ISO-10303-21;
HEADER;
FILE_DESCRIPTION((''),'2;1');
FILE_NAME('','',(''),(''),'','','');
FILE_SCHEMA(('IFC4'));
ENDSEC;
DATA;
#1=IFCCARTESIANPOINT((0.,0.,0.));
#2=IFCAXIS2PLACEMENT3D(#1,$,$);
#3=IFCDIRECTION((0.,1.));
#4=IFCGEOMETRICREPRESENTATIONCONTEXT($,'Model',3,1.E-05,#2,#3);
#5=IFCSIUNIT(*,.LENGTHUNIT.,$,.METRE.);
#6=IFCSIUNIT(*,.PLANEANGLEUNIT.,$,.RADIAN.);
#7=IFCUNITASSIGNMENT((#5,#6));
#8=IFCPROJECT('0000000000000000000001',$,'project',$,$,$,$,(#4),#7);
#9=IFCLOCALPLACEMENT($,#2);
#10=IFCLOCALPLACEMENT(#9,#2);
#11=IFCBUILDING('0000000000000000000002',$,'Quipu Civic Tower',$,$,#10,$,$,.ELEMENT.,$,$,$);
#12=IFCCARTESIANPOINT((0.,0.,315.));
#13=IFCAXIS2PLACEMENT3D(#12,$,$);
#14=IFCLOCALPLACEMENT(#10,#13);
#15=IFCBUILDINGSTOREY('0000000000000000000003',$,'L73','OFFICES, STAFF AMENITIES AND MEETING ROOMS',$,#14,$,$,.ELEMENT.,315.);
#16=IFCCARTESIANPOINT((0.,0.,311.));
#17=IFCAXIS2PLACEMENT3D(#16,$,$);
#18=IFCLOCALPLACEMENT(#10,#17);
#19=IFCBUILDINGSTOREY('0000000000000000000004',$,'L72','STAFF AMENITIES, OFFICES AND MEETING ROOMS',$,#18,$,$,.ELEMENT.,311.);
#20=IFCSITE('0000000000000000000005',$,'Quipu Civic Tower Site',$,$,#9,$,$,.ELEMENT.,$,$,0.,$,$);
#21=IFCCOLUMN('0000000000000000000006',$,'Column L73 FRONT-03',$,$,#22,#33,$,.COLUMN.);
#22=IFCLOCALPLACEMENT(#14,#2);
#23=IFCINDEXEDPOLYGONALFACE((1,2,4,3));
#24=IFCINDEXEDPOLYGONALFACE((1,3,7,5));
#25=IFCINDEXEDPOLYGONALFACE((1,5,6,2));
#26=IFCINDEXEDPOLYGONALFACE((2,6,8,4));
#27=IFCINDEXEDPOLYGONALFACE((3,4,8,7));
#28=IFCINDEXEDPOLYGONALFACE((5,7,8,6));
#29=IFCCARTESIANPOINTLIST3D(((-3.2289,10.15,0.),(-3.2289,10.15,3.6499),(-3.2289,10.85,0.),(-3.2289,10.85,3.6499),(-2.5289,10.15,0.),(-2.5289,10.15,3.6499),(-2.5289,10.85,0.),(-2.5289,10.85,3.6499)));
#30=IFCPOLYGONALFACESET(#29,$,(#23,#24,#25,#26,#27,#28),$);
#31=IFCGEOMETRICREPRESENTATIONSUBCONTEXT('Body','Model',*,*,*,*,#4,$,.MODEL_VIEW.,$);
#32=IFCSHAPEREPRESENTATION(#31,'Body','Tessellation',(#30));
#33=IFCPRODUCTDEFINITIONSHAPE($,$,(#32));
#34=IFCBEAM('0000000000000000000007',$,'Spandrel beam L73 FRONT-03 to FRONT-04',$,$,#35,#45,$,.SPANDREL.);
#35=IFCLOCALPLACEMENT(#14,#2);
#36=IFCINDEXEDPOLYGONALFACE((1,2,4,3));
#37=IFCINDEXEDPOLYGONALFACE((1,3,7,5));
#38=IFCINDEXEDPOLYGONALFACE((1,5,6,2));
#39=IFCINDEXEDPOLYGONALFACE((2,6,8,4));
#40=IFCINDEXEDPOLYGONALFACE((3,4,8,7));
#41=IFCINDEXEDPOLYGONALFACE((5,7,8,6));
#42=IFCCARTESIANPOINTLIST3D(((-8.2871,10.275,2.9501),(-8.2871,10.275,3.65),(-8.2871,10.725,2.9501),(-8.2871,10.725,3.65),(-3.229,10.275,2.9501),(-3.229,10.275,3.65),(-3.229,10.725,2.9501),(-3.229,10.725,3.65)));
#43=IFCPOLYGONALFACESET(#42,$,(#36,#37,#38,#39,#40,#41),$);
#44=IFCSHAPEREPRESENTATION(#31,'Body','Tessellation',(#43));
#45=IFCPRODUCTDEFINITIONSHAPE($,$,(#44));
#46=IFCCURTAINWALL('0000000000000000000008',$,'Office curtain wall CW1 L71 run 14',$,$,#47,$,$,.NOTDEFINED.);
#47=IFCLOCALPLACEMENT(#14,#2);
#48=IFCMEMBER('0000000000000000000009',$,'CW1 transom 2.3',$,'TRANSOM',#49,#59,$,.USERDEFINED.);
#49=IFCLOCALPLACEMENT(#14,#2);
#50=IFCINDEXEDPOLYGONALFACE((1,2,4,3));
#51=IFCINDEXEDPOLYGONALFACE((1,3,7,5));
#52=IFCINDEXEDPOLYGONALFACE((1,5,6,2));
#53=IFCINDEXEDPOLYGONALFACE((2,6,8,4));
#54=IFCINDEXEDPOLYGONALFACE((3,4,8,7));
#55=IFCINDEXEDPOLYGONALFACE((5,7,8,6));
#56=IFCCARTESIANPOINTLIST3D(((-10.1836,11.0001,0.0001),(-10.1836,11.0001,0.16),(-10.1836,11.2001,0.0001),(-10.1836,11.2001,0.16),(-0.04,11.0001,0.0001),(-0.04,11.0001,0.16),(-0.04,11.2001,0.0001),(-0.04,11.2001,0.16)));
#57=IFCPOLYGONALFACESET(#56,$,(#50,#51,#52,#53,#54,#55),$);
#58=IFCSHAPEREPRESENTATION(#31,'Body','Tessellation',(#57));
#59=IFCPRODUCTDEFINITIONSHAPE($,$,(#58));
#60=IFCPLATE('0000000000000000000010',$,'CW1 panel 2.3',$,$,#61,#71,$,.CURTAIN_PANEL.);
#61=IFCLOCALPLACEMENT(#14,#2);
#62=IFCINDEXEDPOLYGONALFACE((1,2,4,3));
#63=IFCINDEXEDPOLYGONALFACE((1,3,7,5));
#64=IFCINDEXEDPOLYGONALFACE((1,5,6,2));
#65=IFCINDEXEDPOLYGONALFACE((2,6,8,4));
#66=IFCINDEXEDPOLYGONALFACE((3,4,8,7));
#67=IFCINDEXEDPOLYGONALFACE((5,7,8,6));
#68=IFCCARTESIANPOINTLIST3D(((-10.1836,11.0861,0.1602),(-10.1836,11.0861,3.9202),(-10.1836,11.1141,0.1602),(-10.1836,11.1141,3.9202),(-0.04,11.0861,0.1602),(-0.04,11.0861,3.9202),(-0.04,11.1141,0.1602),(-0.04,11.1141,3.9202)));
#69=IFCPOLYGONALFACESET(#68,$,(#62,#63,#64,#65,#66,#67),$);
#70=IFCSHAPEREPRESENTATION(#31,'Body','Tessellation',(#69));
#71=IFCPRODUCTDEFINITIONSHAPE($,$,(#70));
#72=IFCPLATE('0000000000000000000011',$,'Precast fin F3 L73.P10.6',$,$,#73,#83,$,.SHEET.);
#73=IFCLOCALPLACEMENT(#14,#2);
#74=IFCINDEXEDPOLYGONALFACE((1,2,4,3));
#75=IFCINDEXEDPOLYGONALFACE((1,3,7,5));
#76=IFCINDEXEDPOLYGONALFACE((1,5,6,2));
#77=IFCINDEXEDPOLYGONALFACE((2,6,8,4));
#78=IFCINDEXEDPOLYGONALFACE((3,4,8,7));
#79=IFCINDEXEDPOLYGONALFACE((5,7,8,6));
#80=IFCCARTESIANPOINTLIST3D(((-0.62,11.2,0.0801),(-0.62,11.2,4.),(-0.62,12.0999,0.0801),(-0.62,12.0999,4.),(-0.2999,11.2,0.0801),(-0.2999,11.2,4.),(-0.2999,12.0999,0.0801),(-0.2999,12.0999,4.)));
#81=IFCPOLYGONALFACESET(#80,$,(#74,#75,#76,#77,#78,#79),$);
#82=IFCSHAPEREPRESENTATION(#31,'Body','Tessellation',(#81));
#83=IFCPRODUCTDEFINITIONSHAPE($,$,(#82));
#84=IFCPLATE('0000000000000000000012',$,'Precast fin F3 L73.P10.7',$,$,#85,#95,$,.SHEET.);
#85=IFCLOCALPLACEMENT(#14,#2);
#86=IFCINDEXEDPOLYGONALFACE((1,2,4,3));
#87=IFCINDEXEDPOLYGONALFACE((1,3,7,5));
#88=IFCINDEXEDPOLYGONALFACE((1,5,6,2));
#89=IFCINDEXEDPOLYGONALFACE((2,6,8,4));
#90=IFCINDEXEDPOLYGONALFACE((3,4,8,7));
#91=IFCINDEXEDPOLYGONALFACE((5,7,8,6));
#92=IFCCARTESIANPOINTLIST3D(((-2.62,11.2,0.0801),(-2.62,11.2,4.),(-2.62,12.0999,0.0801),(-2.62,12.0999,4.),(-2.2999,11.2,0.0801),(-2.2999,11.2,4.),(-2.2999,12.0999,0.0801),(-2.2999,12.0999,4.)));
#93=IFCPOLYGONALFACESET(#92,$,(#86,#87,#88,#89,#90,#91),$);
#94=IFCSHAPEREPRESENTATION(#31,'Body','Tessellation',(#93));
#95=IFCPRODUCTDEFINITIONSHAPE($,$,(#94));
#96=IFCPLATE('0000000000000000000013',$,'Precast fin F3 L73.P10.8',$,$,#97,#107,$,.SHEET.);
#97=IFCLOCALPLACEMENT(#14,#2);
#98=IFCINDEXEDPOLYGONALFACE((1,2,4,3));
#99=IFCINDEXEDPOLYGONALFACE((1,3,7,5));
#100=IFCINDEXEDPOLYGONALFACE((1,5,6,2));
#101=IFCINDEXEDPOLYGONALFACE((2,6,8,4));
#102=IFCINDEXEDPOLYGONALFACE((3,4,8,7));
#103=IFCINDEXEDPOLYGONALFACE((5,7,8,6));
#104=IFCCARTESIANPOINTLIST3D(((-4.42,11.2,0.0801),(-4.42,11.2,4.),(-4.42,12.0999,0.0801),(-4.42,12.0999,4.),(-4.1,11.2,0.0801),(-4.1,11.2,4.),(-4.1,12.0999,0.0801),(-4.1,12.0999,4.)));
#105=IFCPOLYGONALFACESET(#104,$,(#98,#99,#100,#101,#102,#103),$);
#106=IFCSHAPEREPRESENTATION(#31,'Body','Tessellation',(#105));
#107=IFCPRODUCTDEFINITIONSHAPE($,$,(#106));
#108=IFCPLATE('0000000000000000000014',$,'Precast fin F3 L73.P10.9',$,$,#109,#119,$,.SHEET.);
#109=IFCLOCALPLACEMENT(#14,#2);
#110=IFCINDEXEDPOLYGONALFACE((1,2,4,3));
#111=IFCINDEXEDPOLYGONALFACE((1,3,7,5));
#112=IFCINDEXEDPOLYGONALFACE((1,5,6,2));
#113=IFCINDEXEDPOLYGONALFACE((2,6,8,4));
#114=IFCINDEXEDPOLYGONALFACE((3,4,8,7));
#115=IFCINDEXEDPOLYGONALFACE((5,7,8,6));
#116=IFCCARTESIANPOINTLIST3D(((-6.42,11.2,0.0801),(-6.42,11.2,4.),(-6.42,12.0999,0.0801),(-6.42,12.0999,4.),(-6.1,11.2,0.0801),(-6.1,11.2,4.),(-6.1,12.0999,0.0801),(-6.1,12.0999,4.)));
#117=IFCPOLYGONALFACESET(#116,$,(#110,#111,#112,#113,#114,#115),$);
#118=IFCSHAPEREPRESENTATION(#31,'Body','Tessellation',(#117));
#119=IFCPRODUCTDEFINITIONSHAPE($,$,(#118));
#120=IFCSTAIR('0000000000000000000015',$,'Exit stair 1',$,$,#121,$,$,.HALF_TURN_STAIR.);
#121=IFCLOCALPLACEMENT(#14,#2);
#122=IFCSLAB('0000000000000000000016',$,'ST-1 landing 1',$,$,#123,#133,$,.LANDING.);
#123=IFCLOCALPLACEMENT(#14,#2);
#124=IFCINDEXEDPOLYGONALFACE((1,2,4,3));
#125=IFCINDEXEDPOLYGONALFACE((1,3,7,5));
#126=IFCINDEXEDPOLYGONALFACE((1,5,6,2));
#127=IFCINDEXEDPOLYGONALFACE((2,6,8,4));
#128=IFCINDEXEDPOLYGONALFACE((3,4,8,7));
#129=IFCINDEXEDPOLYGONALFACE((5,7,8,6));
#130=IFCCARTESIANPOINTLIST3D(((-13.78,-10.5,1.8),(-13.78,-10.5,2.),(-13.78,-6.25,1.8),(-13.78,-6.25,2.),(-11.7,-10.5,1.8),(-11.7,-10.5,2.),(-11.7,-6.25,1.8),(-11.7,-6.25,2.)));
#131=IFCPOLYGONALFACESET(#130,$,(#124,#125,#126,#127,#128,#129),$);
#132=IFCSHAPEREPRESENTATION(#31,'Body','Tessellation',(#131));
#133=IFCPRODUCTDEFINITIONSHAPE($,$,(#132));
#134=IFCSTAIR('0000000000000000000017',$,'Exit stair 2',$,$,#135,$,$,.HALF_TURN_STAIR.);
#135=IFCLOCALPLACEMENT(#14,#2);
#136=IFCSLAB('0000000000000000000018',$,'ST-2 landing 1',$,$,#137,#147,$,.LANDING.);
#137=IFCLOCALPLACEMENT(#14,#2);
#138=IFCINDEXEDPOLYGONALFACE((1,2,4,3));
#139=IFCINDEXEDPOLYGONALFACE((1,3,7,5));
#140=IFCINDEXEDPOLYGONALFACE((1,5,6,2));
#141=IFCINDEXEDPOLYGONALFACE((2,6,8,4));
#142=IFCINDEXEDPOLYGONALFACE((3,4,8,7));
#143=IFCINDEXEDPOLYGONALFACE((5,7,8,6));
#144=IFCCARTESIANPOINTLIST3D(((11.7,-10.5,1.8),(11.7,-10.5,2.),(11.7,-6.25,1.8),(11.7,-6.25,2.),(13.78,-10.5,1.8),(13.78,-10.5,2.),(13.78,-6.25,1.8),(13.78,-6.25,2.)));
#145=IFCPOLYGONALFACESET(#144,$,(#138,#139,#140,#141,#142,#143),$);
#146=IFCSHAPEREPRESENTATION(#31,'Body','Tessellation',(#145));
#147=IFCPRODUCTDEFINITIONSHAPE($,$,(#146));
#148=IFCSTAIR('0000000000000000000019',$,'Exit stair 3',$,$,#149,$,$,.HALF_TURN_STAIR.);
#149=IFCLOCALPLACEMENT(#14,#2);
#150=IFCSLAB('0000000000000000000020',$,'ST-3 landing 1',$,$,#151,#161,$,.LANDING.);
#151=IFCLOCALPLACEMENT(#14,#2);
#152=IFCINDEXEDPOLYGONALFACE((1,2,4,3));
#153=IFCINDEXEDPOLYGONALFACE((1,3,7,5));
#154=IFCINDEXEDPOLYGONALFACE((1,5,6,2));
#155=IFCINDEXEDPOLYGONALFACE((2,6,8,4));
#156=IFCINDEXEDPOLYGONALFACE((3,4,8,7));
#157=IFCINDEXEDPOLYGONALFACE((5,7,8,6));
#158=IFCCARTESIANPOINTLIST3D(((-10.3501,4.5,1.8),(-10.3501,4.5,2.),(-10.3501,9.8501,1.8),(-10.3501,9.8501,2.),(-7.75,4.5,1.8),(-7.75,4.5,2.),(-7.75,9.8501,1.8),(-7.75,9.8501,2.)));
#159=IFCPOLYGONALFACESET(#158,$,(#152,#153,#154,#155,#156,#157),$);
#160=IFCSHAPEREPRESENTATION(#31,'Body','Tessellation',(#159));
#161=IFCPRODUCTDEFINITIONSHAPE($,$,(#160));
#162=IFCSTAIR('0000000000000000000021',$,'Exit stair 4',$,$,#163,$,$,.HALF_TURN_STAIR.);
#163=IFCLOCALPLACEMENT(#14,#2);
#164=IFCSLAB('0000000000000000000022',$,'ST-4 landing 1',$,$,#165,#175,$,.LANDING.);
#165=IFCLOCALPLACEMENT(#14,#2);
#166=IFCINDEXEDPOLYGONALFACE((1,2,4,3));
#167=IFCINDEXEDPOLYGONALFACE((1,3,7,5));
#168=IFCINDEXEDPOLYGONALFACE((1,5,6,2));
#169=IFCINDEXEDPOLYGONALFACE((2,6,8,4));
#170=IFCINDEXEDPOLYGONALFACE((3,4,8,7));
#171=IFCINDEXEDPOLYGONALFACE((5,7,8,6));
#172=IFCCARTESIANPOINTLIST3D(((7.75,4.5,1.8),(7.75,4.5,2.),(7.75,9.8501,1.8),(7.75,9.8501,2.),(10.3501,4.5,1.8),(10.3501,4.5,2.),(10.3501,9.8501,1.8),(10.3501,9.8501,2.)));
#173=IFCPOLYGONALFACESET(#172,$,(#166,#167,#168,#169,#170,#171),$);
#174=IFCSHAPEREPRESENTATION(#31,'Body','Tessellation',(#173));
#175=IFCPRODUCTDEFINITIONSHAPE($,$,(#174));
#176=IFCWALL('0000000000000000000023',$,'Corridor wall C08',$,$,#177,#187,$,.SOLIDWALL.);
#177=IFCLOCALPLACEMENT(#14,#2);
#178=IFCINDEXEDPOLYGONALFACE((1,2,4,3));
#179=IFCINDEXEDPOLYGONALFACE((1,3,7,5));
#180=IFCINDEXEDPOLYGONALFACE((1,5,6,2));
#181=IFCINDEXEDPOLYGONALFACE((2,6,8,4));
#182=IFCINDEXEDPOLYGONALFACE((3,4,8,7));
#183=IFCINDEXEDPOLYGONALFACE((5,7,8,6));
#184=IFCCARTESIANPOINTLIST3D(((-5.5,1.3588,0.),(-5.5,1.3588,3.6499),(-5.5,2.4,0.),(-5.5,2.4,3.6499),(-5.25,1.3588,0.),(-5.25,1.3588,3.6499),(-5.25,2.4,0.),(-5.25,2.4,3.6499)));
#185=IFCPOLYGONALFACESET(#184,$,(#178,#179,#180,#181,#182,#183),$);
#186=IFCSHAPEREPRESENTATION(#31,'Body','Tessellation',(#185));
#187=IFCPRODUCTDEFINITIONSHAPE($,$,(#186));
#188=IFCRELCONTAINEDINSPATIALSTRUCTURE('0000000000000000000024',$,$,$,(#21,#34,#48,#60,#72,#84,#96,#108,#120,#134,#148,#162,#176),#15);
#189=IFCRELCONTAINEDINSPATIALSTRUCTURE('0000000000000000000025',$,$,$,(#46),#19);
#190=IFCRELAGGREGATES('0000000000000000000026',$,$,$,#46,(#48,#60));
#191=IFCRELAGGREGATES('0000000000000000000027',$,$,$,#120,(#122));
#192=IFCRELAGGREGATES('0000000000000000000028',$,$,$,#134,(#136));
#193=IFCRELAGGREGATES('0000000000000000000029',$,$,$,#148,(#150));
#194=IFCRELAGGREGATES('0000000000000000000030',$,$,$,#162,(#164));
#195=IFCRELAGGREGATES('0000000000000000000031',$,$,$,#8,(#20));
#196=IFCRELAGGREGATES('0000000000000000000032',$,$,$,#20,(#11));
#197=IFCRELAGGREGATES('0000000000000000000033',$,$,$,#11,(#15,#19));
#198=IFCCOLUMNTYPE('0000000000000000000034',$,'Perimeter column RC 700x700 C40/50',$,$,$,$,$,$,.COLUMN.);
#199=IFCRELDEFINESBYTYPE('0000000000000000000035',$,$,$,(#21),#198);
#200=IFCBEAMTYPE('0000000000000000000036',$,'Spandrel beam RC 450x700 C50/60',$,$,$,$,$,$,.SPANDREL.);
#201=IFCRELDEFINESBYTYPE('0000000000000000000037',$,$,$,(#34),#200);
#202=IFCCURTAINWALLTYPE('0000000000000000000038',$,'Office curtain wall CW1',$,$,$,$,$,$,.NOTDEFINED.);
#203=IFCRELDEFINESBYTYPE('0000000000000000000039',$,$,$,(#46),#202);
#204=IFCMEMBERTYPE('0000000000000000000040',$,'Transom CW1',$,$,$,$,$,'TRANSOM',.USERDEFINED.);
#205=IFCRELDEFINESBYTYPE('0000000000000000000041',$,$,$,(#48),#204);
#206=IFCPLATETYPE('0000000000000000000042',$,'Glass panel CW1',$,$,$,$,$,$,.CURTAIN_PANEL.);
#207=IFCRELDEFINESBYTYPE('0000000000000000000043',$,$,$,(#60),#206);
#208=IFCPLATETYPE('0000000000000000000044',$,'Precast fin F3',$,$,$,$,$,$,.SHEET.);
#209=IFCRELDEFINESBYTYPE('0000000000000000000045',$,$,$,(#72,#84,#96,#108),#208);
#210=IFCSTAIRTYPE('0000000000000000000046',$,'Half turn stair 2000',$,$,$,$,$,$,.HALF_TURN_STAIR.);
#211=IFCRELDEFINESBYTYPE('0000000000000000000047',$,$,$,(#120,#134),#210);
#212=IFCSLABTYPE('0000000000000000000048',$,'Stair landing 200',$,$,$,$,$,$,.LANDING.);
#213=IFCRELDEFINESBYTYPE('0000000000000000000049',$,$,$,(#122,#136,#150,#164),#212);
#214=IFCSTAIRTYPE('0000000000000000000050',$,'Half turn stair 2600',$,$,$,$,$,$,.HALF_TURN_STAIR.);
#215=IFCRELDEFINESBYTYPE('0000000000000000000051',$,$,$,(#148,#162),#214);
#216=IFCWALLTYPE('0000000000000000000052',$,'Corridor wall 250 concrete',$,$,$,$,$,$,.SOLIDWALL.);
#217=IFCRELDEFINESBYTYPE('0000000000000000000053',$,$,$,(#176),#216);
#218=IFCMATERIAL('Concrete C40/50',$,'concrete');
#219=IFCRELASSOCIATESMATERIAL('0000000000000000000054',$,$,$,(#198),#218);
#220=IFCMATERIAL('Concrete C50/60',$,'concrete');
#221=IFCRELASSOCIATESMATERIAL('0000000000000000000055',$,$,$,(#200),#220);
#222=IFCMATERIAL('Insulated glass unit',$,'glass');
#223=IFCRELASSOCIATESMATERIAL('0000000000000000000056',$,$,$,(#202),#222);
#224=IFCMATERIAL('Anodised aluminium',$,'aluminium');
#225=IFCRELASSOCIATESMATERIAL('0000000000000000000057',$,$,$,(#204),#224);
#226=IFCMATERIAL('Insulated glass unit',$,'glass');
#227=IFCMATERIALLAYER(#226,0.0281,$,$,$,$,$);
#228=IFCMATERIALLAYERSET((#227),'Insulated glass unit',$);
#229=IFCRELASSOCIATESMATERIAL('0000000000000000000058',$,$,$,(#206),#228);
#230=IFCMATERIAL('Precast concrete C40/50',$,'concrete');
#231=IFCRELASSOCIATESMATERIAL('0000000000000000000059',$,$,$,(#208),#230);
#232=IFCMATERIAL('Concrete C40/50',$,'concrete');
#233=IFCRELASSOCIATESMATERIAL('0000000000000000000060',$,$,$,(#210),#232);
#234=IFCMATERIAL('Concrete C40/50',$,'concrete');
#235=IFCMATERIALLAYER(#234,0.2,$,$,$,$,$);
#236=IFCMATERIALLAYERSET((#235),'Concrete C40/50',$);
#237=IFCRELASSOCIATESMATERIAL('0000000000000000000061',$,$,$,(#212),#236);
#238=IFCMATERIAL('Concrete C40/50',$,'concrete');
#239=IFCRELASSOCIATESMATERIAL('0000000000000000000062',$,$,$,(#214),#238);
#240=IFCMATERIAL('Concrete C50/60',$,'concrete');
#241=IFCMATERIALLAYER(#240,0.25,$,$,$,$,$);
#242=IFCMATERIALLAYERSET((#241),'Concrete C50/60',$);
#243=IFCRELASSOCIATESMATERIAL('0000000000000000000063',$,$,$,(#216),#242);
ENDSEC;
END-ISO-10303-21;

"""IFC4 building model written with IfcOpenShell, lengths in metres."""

from ifc_helpers import new_model, si_unit, direction, frame, frame_2d, origin, origin_2d, place, context, subcontext, project, spatial, polyline, rectangle, outline, extrude, material, layer, layer_set, material_profile, profile_set, type_object, element, aggregate, save


model = new_model("IFC4")

# Units and contexts
model_context = context("Model", 3, precision=1e-05, world=origin(), true_north=direction((0.0, 1.0)))
body_context = subcontext(model_context, "Body", "Model", "MODEL_VIEW")
ifc_project = project(units=[si_unit("LENGTHUNIT", "METRE"), si_unit("PLANEANGLEUNIT", "RADIAN")], contexts=[model_context])

# Site, building, storey
site_placement = place(None, origin())
site = spatial("IfcSite", under=ifc_project, at=site_placement, Name="Quipu Civic Tower Site", CompositionType="ELEMENT", RefElevation=0.0)
building_placement = place(site_placement, origin())
building = spatial("IfcBuilding", under=site, at=building_placement, Name="Quipu Civic Tower", CompositionType="ELEMENT")
storey_1_placement = place(building_placement, frame((0.0, 0.0, 315.0)))
storey_1 = spatial("IfcBuildingStorey", under=building, at=storey_1_placement, Name="L73", Description="OFFICES, STAFF AMENITIES AND MEETING ROOMS", CompositionType="ELEMENT", Elevation=315.0)

# Column
ifc_material_1 = material(Name="Concrete C40/50", Category="concrete")
ifc_material_profile_1 = material_profile(ifc_material_1, rectangle(XDim=0.7, YDim=0.7, at=origin_2d()), Name="RC700x700")
ifc_profile_set_1 = profile_set([ifc_material_profile_1], Name="Concrete C40/50")
column_type = type_object("IfcColumnType", Name="Perimeter column RC 700x700 C40/50", PredefinedType="COLUMN", material=ifc_profile_set_1)
column_placement = place(storey_1_placement, frame((-2.8789, 10.5, 0.0), z_axis=(0.0, 0.0, 1.0), x_axis=(-1.0, 0.0, 0.0)))
element("IfcColumn", 1, at=column_placement, inside=storey_1, type_object=column_type, Name="Column L73 FRONT-03", PredefinedType="COLUMN", context=body_context, shape_type="SweptSolid", body=[
    extrude(rectangle(XDim=0.7, YDim=0.7, at=origin_2d()), origin(), (0.0, 0.0, 1.0), 3.6499),
])

# Beam
ifc_material_2 = material(Name="Concrete C50/60", Category="concrete")
ifc_material_profile_2 = material_profile(ifc_material_2, rectangle(XDim=0.45, YDim=0.7, at=origin_2d()), Name="RC450x700")
ifc_profile_set_2 = profile_set([ifc_material_profile_2], Name="Concrete C50/60")
beam_type = type_object("IfcBeamType", Name="Spandrel beam RC 450x700 C50/60", PredefinedType="SPANDREL", material=ifc_profile_set_2)
beam_placement = place(storey_1_placement, frame((-3.229, 10.5, 3.3), z_axis=(-1.0, 0.0, 0.0), x_axis=(0.0, -1.0, 0.0)))
element("IfcBeam", 2, at=beam_placement, inside=storey_1, type_object=beam_type, Name="Spandrel beam L73 FRONT-03 to FRONT-04", PredefinedType="SPANDREL", context=body_context, shape_type="SweptSolid", body=[
    extrude(rectangle(XDim=0.45, YDim=0.7, at=origin_2d()), origin(), (0.0, 0.0, 1.0), 5.0581),
])

# Shared definitions
storey_2_placement = place(building_placement, frame((0.0, 0.0, 311.0)))
storey_2 = spatial("IfcBuildingStorey", under=building, at=storey_2_placement, Name="L72", Description="STAFF AMENITIES, OFFICES AND MEETING ROOMS", CompositionType="ELEMENT", Elevation=311.0)

# Curtain wall, member, plate
ifc_material_3 = material(Name="Insulated glass unit", Category="glass")
curtain_wall_type = type_object("IfcCurtainWallType", Name="Office curtain wall CW1", PredefinedType="NOTDEFINED", material=ifc_material_3)
curtain_wall_placement = place(storey_2_placement, origin())
curtain_wall = element("IfcCurtainWall", 3, at=curtain_wall_placement, inside=storey_2, type_object=curtain_wall_type, Name="Office curtain wall CW1 L71 run 14", PredefinedType="NOTDEFINED")
ifc_material_4 = material(Name="Anodised aluminium", Category="aluminium")
ifc_material_profile_3 = material_profile(ifc_material_4, rectangle(XDim=0.2, YDim=0.1599, at=origin_2d()), Name="RECT 200x160")
ifc_profile_set_3 = profile_set([ifc_material_profile_3], Name="Anodised aluminium")
member_type = type_object("IfcMemberType", Name="Transom CW1", ElementType="TRANSOM", PredefinedType="USERDEFINED", material=ifc_profile_set_3)
member_placement = place(storey_1_placement, frame((-0.04, 11.1001, 0.0801), z_axis=(-1.0, 0.0, 0.0), x_axis=(0.0, -1.0, 0.0)))
member = element("IfcMember", 4, at=member_placement, inside=storey_1, type_object=member_type, Name="CW1 transom 2.3", ObjectType="TRANSOM", PredefinedType="USERDEFINED", context=body_context, shape_type="SweptSolid", body=[
    extrude(rectangle(XDim=0.2, YDim=0.1599, at=origin_2d()), origin(), (0.0, 0.0, 1.0), 10.1436),
])
ifc_material_5 = material(Name="Insulated glass unit", Category="glass")
ifc_layer_1 = layer(ifc_material_5, 0.0281)
ifc_layer_set_1 = layer_set([ifc_layer_1], Name="Insulated glass unit")
plate_type_1 = type_object("IfcPlateType", Name="Glass panel CW1", PredefinedType="CURTAIN_PANEL", material=ifc_layer_set_1)
plate_placement = place(storey_1_placement, frame((-5.1118, 11.1001, 0.1602), z_axis=(0.0, 0.0, 1.0), x_axis=(-1.0, 0.0, 0.0)))
plate = element("IfcPlate", 5, at=plate_placement, inside=storey_1, type_object=plate_type_1, Name="CW1 panel 2.3", PredefinedType="CURTAIN_PANEL", context=body_context, shape_type="SweptSolid", body=[
    extrude(rectangle(XDim=10.1436, YDim=0.0281, at=origin_2d()), origin(), (0.0, 0.0, 1.0), 3.76),
])
aggregate(curtain_wall, [member, plate])

# Plates
ifc_material_6 = material(Name="Precast concrete C40/50", Category="concrete")
plate_type_2 = type_object("IfcPlateType", Name="Precast fin F3", PredefinedType="SHEET", material=ifc_material_6)
for number, where, z_axis, x_axis, name in (
    (6, (-0.46, 11.6499, 0.0801), (0.0, 0.0, 1.0), (-1.0, 0.0, 0.0), "Precast fin F3 L73.P10.6"),
    (7, (-2.46, 11.6499, 0.0801), (0.0, 0.0, 1.0), (-1.0, 0.0, 0.0), "Precast fin F3 L73.P10.7"),
    (8, (-4.26, 11.6499, 0.0801), (0.0, 0.0, 1.0), (-1.0, 0.0, 0.0), "Precast fin F3 L73.P10.8"),
    (9, (-6.26, 11.6499, 0.0801), (0.0, 0.0, 1.0), (-1.0, 0.0, 0.0), "Precast fin F3 L73.P10.9"),
):
    element("IfcPlate", number, at=place(storey_1_placement, frame(where, z_axis=z_axis, x_axis=x_axis)), inside=storey_1, type_object=plate_type_2, Name=name, PredefinedType="SHEET", context=body_context, shape_type="SweptSolid", body=[
        extrude(rectangle(XDim=0.3201, YDim=0.8999, at=origin_2d()), origin(), (0.0, 0.0, 1.0), 3.9199),
    ])

# Stairs, slabs
ifc_material_7 = material(Name="Concrete C40/50", Category="concrete")
stair_type_1 = type_object("IfcStairType", Name="Half turn stair 2000", PredefinedType="HALF_TURN_STAIR", material=ifc_material_7)
stair_1_placement = place(storey_1_placement, origin())
stair_1 = element("IfcStair", 10, at=stair_1_placement, inside=storey_1, type_object=stair_type_1, Name="Exit stair 1", PredefinedType="HALF_TURN_STAIR")
ifc_material_8 = material(Name="Concrete C40/50", Category="concrete")
ifc_layer_2 = layer(ifc_material_8, 0.2)
ifc_layer_set_2 = layer_set([ifc_layer_2], Name="Concrete C40/50")
slab_type = type_object("IfcSlabType", Name="Stair landing 200", PredefinedType="LANDING", material=ifc_layer_set_2)
slab_1_placement = place(storey_1_placement, frame((0.0, 0.0, 1.8)))
slab_1 = element("IfcSlab", 11, at=slab_1_placement, type_object=slab_type, Name="ST-1 landing 1", PredefinedType="LANDING", context=body_context, shape_type="SweptSolid", body=[
    extrude(outline(polyline([(-13.78, -10.5), (-11.7, -10.5), (-11.7, -6.25), (-13.78, -6.25), (-13.78, -10.5)])), origin(), (0.0, 0.0, 1.0), 0.2),
])
aggregate(stair_1, [slab_1])
stair_2_placement = place(storey_1_placement, origin())
stair_2 = element("IfcStair", 12, at=stair_2_placement, inside=storey_1, type_object=stair_type_1, Name="Exit stair 2", PredefinedType="HALF_TURN_STAIR")
slab_2_placement = place(storey_1_placement, frame((0.0, 0.0, 1.8)))
slab_2 = element("IfcSlab", 13, at=slab_2_placement, type_object=slab_type, Name="ST-2 landing 1", PredefinedType="LANDING", context=body_context, shape_type="SweptSolid", body=[
    extrude(outline(polyline([(13.78, -6.25), (11.7, -6.25), (11.7, -10.5), (13.78, -10.5), (13.78, -6.25)])), origin(), (0.0, 0.0, 1.0), 0.2),
])
aggregate(stair_2, [slab_2])
ifc_material_9 = material(Name="Concrete C40/50", Category="concrete")
stair_type_2 = type_object("IfcStairType", Name="Half turn stair 2600", PredefinedType="HALF_TURN_STAIR", material=ifc_material_9)
stair_3_placement = place(storey_1_placement, origin())
stair_3 = element("IfcStair", 14, at=stair_3_placement, inside=storey_1, type_object=stair_type_2, Name="Exit stair 3", PredefinedType="HALF_TURN_STAIR")
slab_3_placement = place(storey_1_placement, frame((0.0, 0.0, 1.8)))
slab_3 = element("IfcSlab", 15, at=slab_3_placement, type_object=slab_type, Name="ST-3 landing 1", PredefinedType="LANDING", context=body_context, shape_type="SweptSolid", body=[
    extrude(outline(polyline([(-10.3501, 4.5), (-7.75, 4.5), (-7.75, 9.8501), (-10.3501, 9.8501), (-10.3501, 4.5)])), origin(), (0.0, 0.0, 1.0), 0.2),
])
aggregate(stair_3, [slab_3])
stair_4_placement = place(storey_1_placement, origin())
stair_4 = element("IfcStair", 16, at=stair_4_placement, inside=storey_1, type_object=stair_type_2, Name="Exit stair 4", PredefinedType="HALF_TURN_STAIR")
slab_4_placement = place(storey_1_placement, frame((0.0, 0.0, 1.8)))
slab_4 = element("IfcSlab", 17, at=slab_4_placement, type_object=slab_type, Name="ST-4 landing 1", PredefinedType="LANDING", context=body_context, shape_type="SweptSolid", body=[
    extrude(outline(polyline([(10.3501, 9.8501), (7.75, 9.8501), (7.75, 4.5), (10.3501, 4.5), (10.3501, 9.8501)])), origin(), (0.0, 0.0, 1.0), 0.2),
])
aggregate(stair_4, [slab_4])

# Wall
ifc_material_10 = material(Name="Concrete C50/60", Category="concrete")
ifc_layer_3 = layer(ifc_material_10, 0.25)
ifc_layer_set_3 = layer_set([ifc_layer_3], Name="Concrete C50/60")
wall_type = type_object("IfcWallType", Name="Corridor wall 250 concrete", PredefinedType="SOLIDWALL", material=ifc_layer_set_3)
wall_1_placement = place(storey_1_placement, frame((-5.375, 2.3999, 0.0), z_axis=(0.0, 0.0, 1.0), x_axis=(0.0, -1.0, 0.0)))
element("IfcWall", 18, at=wall_1_placement, inside=storey_1, type_object=wall_type, Name="Corridor wall C08", PredefinedType="SOLIDWALL", context=body_context, shape_type="SweptSolid", body=[
    extrude(rectangle(XDim=1.0413, YDim=0.25, at=frame_2d((0.5205, 0.0))), origin(), (0.0, 0.0, 1.0), 3.6499),
])

save(model, "model.ifc")
